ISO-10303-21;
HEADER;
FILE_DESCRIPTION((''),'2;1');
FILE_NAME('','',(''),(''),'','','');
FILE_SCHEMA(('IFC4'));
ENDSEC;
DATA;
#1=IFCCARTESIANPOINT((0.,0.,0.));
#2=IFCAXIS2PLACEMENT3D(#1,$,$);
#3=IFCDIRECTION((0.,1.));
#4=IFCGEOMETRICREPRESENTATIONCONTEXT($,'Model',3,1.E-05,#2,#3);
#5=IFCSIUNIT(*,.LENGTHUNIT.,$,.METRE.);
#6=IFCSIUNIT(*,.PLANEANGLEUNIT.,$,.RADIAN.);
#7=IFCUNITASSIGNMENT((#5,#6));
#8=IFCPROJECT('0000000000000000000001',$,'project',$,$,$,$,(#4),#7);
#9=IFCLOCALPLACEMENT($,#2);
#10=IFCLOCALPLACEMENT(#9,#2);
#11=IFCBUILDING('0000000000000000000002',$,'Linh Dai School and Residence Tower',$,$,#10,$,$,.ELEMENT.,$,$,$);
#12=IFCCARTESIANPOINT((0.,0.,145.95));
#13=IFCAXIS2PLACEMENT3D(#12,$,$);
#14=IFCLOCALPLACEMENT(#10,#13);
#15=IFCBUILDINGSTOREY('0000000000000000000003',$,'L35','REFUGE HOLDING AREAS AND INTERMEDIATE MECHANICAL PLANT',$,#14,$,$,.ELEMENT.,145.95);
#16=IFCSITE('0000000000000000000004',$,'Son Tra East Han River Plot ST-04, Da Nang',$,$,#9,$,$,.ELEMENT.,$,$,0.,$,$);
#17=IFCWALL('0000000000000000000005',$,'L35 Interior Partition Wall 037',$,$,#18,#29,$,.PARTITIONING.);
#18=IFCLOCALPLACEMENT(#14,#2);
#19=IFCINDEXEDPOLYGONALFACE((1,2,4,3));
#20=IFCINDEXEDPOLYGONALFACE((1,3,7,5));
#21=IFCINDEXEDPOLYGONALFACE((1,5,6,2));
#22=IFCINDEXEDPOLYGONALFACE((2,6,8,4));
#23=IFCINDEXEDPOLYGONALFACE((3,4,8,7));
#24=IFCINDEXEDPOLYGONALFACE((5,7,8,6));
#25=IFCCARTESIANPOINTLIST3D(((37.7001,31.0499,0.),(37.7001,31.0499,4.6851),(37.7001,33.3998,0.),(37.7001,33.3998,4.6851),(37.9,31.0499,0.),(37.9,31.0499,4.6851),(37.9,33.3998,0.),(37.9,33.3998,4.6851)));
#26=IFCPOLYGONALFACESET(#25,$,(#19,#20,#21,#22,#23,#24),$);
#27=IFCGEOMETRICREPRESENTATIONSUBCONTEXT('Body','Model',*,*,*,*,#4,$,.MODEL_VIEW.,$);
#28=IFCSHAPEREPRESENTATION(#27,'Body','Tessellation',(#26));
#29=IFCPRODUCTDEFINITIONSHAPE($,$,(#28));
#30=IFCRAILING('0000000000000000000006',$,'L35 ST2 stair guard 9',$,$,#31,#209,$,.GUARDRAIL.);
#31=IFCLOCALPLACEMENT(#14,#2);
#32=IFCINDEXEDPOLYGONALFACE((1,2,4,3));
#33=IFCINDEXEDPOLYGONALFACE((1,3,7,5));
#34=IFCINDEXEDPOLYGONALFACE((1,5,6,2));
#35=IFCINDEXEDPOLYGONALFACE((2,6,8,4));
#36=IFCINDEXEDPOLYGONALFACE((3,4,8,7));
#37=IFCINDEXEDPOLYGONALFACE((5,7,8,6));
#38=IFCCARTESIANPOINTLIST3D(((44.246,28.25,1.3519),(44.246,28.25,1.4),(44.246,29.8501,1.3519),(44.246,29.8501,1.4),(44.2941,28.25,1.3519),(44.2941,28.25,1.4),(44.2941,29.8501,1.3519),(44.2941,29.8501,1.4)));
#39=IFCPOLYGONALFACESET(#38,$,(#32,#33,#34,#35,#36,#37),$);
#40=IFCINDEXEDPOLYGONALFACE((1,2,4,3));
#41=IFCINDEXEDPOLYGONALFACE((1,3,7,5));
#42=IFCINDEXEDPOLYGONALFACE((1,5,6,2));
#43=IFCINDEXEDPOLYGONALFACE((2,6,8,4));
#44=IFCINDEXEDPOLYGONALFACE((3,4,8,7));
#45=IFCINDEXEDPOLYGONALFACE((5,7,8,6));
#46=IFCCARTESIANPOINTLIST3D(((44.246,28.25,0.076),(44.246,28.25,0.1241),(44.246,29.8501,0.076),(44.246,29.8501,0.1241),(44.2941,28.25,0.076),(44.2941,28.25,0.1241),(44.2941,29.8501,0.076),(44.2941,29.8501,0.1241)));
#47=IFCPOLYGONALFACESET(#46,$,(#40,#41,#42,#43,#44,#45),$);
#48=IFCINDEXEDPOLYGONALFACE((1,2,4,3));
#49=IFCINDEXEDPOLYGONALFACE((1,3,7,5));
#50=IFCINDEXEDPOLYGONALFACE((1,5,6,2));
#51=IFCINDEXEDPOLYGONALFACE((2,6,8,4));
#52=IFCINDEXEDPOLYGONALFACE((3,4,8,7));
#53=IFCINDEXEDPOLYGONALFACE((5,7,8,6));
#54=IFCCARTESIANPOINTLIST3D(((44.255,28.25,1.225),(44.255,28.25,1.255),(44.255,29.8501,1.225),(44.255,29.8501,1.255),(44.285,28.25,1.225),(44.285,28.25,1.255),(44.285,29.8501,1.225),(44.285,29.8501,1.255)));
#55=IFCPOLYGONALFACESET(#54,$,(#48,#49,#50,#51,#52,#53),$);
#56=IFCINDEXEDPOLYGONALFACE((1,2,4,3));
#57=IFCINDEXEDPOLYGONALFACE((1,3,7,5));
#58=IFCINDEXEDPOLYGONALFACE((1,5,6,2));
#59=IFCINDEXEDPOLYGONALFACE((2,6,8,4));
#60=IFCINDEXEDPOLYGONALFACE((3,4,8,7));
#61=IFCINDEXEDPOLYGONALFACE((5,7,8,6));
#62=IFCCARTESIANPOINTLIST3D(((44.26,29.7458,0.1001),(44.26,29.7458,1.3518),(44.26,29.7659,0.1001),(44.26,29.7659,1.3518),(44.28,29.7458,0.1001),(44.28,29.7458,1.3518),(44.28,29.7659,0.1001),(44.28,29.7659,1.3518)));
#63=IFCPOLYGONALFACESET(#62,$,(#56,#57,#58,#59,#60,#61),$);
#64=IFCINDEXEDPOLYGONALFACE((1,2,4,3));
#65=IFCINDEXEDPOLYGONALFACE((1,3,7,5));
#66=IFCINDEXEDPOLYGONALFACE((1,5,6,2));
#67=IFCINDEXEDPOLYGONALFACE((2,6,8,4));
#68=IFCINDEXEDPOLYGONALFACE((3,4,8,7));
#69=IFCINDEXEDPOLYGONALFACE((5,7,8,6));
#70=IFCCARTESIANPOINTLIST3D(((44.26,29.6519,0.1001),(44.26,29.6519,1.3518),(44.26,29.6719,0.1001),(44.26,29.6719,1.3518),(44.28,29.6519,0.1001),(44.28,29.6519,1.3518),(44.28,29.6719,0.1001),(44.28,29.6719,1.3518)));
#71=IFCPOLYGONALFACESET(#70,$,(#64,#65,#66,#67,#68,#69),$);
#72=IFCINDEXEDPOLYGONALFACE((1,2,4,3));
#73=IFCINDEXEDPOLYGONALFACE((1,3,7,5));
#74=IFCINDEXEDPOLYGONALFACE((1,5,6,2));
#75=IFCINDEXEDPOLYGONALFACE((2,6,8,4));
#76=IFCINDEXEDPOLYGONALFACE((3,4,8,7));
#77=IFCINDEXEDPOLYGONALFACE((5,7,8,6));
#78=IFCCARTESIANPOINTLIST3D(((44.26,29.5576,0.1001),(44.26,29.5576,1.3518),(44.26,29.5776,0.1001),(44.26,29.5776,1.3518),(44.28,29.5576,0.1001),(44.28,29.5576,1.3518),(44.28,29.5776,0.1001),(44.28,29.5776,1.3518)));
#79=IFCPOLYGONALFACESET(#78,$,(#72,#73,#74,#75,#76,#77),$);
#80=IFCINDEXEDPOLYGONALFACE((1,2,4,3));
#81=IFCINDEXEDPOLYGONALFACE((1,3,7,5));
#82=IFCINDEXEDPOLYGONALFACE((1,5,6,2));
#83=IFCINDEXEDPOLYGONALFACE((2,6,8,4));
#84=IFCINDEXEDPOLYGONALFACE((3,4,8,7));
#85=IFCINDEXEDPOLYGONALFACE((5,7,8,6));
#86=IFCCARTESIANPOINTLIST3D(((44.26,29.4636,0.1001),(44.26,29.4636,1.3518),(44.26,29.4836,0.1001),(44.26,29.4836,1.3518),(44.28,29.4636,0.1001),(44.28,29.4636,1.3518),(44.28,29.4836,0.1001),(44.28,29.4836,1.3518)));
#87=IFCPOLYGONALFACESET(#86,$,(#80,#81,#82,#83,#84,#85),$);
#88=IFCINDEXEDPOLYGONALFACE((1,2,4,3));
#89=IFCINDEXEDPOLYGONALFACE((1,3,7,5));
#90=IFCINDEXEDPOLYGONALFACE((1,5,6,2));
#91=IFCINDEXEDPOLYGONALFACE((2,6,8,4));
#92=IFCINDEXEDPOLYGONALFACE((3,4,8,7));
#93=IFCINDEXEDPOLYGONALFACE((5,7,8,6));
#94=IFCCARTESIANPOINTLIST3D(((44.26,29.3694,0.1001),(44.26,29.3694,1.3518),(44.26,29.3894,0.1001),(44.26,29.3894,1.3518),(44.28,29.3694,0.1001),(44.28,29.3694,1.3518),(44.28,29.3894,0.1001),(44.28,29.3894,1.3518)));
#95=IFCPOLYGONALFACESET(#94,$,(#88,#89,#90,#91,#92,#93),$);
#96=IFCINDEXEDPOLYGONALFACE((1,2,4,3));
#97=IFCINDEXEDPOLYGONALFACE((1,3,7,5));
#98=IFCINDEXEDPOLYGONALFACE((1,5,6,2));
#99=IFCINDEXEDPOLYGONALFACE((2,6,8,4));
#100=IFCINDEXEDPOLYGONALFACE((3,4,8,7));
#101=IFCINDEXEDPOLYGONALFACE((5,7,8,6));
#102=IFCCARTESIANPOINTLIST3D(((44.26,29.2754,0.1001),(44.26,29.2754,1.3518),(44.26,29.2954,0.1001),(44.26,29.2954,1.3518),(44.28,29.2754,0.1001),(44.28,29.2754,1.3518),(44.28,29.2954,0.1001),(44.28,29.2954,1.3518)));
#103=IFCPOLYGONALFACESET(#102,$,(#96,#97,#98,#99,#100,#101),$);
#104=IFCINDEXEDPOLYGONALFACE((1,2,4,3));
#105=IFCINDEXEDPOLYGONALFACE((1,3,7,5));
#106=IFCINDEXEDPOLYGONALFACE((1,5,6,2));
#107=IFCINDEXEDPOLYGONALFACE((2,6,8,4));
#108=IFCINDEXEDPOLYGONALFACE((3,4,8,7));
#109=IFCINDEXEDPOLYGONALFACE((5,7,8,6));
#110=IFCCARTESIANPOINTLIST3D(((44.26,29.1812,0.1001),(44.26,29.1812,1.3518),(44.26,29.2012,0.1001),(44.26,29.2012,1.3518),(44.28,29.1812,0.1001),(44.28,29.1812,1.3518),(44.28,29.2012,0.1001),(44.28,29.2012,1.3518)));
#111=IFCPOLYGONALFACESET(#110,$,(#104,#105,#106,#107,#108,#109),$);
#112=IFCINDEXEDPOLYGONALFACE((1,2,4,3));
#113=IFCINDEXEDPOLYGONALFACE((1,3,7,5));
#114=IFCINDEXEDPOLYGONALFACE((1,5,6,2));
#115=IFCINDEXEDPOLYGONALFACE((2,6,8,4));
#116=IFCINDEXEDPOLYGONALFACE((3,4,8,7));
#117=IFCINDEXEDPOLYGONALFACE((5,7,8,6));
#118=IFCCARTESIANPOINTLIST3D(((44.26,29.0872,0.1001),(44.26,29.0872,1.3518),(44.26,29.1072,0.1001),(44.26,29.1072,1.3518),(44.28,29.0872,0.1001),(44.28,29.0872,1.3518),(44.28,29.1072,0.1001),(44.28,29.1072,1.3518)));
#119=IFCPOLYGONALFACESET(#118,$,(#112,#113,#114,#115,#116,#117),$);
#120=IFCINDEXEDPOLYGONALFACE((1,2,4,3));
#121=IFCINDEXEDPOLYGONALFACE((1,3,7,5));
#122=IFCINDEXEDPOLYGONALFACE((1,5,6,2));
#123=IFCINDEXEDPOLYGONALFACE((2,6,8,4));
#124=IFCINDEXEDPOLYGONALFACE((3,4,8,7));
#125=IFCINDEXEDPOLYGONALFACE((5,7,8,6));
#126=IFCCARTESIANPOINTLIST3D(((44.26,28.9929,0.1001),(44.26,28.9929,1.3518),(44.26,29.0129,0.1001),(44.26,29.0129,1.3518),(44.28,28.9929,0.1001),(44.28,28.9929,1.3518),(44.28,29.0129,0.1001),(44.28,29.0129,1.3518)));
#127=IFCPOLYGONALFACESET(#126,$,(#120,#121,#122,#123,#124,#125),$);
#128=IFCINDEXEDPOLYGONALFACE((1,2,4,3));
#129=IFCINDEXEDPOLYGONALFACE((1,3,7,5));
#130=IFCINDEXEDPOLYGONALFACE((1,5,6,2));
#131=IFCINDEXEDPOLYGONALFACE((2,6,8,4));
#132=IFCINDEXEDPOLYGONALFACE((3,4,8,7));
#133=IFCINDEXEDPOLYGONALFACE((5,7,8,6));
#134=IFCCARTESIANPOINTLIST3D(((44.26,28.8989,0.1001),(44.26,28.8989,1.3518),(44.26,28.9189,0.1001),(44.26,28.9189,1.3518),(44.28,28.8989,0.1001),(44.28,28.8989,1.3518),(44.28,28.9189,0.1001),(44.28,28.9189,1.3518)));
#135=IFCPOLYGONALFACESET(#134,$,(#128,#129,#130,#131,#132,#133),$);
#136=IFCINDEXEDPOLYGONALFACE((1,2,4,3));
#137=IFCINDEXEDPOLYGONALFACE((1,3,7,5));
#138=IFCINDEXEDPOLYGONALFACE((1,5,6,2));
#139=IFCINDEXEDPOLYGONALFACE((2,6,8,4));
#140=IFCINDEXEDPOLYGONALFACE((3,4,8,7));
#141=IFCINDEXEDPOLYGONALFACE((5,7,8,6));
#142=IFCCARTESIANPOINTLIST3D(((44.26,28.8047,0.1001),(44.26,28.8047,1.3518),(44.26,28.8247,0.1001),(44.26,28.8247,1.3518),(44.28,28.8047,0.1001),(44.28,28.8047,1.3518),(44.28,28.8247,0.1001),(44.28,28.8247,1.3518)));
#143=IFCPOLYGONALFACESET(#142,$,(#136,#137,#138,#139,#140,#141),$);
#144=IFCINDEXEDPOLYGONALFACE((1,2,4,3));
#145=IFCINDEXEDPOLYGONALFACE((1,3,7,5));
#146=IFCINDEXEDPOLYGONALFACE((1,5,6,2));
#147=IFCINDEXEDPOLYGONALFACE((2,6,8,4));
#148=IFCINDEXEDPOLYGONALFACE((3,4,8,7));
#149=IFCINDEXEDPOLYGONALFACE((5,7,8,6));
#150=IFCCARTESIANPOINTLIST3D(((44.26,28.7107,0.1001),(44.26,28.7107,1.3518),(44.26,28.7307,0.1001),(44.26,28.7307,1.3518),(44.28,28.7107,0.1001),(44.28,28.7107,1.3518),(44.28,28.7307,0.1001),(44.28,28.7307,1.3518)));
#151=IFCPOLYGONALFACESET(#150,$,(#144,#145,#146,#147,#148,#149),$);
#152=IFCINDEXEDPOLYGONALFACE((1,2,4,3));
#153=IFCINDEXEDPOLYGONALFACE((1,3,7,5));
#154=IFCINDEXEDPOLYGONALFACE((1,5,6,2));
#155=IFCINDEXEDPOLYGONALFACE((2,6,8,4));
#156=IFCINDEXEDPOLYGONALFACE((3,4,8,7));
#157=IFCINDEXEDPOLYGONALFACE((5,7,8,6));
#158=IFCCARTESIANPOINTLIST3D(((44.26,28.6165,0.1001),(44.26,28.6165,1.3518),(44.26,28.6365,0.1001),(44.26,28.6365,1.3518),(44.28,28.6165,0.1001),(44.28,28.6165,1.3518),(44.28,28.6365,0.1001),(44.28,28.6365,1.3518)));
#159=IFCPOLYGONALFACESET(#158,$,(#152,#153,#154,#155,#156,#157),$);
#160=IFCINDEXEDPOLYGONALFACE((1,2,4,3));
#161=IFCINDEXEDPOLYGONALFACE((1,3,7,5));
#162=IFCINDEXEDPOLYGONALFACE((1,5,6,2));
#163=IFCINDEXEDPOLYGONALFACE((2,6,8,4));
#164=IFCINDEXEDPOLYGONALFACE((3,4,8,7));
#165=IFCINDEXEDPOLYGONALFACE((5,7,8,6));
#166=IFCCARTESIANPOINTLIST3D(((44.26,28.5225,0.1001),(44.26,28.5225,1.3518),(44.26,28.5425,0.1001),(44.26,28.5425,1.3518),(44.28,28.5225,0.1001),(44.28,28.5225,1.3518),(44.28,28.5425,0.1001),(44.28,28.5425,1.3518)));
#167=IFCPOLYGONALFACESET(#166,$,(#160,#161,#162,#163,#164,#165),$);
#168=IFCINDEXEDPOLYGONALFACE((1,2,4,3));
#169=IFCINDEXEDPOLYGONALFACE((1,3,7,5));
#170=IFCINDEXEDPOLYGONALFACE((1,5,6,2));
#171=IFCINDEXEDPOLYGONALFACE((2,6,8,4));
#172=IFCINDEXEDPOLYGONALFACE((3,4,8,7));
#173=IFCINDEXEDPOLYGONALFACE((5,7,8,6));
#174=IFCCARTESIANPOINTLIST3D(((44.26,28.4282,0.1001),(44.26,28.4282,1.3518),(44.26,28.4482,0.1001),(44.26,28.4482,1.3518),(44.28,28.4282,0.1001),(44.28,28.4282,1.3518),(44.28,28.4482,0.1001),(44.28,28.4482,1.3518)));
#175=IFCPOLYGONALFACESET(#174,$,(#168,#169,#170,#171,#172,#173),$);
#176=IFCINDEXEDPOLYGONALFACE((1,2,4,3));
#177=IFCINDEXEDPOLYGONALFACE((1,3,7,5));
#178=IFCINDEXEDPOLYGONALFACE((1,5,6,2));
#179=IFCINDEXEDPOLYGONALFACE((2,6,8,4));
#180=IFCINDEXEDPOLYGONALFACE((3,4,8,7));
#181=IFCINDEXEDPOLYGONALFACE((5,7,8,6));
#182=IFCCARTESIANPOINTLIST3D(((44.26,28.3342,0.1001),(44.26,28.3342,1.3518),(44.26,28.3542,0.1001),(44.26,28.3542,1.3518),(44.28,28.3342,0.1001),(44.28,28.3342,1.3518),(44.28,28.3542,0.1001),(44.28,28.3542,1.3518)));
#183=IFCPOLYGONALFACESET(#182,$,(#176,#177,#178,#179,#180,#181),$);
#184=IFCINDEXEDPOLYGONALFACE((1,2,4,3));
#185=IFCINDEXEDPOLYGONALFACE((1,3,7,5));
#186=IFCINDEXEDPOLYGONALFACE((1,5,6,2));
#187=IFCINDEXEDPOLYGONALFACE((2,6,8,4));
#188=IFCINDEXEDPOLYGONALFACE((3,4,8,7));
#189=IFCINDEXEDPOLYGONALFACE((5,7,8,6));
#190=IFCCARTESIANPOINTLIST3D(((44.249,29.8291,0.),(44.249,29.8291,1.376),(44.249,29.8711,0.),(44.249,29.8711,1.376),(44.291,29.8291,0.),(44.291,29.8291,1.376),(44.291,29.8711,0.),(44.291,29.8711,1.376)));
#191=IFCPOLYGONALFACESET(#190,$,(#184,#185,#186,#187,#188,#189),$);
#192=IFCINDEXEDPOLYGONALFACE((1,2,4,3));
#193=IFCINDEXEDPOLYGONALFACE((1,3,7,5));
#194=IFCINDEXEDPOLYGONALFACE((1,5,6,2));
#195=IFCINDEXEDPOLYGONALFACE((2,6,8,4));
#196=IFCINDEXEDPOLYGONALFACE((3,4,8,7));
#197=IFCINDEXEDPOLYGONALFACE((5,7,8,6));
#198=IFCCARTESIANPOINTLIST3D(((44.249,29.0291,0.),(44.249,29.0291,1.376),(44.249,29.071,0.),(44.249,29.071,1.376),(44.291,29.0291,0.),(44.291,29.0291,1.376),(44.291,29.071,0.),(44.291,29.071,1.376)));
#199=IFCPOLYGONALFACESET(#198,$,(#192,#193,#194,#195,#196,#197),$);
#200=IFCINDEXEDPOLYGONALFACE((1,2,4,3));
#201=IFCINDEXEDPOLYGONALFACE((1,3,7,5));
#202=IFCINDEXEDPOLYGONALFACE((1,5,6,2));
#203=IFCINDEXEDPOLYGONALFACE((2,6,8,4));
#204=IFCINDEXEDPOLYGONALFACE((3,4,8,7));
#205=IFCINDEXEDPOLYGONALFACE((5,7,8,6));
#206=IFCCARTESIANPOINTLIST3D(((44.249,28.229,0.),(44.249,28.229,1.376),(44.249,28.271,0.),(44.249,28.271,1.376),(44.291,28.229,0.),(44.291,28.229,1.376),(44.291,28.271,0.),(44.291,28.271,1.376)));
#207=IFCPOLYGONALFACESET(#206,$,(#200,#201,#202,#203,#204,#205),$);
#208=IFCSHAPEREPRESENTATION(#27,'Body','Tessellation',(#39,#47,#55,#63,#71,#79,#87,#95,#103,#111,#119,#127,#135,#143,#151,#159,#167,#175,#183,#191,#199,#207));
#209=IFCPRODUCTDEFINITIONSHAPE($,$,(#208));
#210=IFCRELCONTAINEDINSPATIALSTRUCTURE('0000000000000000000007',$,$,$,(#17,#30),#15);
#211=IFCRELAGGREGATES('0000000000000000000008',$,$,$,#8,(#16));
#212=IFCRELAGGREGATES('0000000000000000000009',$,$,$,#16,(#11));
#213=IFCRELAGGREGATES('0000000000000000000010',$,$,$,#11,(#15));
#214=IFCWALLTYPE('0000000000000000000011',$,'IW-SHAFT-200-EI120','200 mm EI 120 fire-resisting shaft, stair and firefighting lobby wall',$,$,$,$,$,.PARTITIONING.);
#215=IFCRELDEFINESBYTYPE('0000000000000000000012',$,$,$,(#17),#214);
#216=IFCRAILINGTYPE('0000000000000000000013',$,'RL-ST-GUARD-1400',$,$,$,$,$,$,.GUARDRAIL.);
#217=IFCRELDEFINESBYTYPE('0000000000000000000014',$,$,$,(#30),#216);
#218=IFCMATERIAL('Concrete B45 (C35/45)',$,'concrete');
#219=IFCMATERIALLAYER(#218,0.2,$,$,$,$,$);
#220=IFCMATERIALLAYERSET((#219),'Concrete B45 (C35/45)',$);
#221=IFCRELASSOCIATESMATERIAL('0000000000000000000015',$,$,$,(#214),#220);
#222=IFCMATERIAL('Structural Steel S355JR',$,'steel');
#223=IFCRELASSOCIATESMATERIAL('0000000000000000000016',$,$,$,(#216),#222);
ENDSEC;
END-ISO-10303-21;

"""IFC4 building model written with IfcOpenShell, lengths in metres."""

from ifc_helpers import new_model, si_unit, direction, frame, frame_2d, origin, origin_2d, place, context, subcontext, project, spatial, rectangle, extrude, source, transform, mapped, material, layer, layer_set, type_object, element, save


model = new_model("IFC4")

# Units and contexts
model_context = context("Model", 3, precision=1e-05, world=origin(), true_north=direction((0.0, 1.0)))
body_context = subcontext(model_context, "Body", "Model", "MODEL_VIEW")
ifc_project = project(units=[si_unit("LENGTHUNIT", "METRE"), si_unit("PLANEANGLEUNIT", "RADIAN")], contexts=[model_context])

# Site, building, storey
site_placement = place(None, origin())
site = spatial("IfcSite", under=ifc_project, at=site_placement, Name="Son Tra East Han River Plot ST-04, Da Nang", CompositionType="ELEMENT", RefElevation=0.0)
building_placement = place(site_placement, origin())
building = spatial("IfcBuilding", under=site, at=building_placement, Name="Linh Dai School and Residence Tower", CompositionType="ELEMENT")
storey_placement = place(building_placement, frame((0.0, 0.0, 145.95)))
storey = spatial("IfcBuildingStorey", under=building, at=storey_placement, Name="L35", Description="REFUGE HOLDING AREAS AND INTERMEDIATE MECHANICAL PLANT", CompositionType="ELEMENT", Elevation=145.95)

# Shared definitions
ifc_material_1 = material(Name="Structural Steel S355JR", Category="steel")

# Wall
ifc_material_2 = material(Name="Concrete B45 (C35/45)", Category="concrete")
ifc_layer_1 = layer(ifc_material_2, 0.2)
ifc_layer_set_1 = layer_set([ifc_layer_1], Name="Concrete B45 (C35/45)")
wall_type_1 = type_object("IfcWallType", Name="IW-SHAFT-200-EI120", Description="200 mm EI 120 fire-resisting shaft, stair and firefighting lobby wall", PredefinedType="PARTITIONING", material=ifc_layer_set_1)
wall_1_placement = place(storey_placement, frame((37.8, 31.05, 0.0), z_axis=(0.0, 0.0, 1.0), x_axis=(0.0, 1.0, 0.0)))
element("IfcWall", 1, at=wall_1_placement, inside=storey, type_object=wall_type_1, Name="L35 Interior Partition Wall 037", PredefinedType="PARTITIONING", context=body_context, shape_type="SweptSolid", body=[
    extrude(rectangle(XDim=2.3499, YDim=0.2, at=frame_2d((1.1748, 0.0))), origin(), (0.0, 0.0, 1.0), 4.6851),
])

# Railing
railing_type = type_object("IfcRailingType", Name="RL-ST-GUARD-1400", PredefinedType="GUARDRAIL", material=ifc_material_1)
shared_shape_1 = source(origin(), body_context, "Body", "SweptSolid", [
    extrude(rectangle(XDim=0.0481, YDim=0.0481, at=origin_2d()), frame((0.0, 0.0, 1.376), z_axis=(0.0, -1.0, 0.0), x_axis=(1.0, 0.0, 0.0)), (0.0, 0.0, 1.0), 1.6001),
    extrude(rectangle(XDim=0.0481, YDim=0.0481, at=origin_2d()), frame((0.0, 0.0, 0.1001), z_axis=(0.0, -1.0, 0.0), x_axis=(1.0, 0.0, 0.0)), (0.0, 0.0, 1.0), 1.6001),
    extrude(rectangle(XDim=0.03, YDim=0.03, at=origin_2d()), frame((0.0, 0.0, 1.24), z_axis=(0.0, -1.0, 0.0), x_axis=(1.0, 0.0, 0.0)), (0.0, 0.0, 1.0), 1.6001),
    extrude(rectangle(XDim=0.02, YDim=0.02, at=origin_2d()), frame((0.0, -0.0942, 0.1001)), (0.0, 0.0, 1.0), 1.2517),
    extrude(rectangle(XDim=0.02, YDim=0.02, at=origin_2d()), frame((0.0, -0.1882, 0.1001)), (0.0, 0.0, 1.0), 1.2517),
    extrude(rectangle(XDim=0.02, YDim=0.02, at=origin_2d()), frame((0.0, -0.2825, 0.1001)), (0.0, 0.0, 1.0), 1.2517),
    extrude(rectangle(XDim=0.02, YDim=0.02, at=origin_2d()), frame((0.0, -0.3765, 0.1001)), (0.0, 0.0, 1.0), 1.2517),
    extrude(rectangle(XDim=0.02, YDim=0.02, at=origin_2d()), frame((0.0, -0.4707, 0.1001)), (0.0, 0.0, 1.0), 1.2517),
    extrude(rectangle(XDim=0.02, YDim=0.02, at=origin_2d()), frame((0.0, -0.5647, 0.1001)), (0.0, 0.0, 1.0), 1.2517),
    extrude(rectangle(XDim=0.02, YDim=0.02, at=origin_2d()), frame((0.0, -0.6589, 0.1001)), (0.0, 0.0, 1.0), 1.2517),
    extrude(rectangle(XDim=0.02, YDim=0.02, at=origin_2d()), frame((0.0, -0.7529, 0.1001)), (0.0, 0.0, 1.0), 1.2517),
    extrude(rectangle(XDim=0.02, YDim=0.02, at=origin_2d()), frame((0.0, -0.8472, 0.1001)), (0.0, 0.0, 1.0), 1.2517),
    extrude(rectangle(XDim=0.02, YDim=0.02, at=origin_2d()), frame((0.0, -0.9412, 0.1001)), (0.0, 0.0, 1.0), 1.2517),
    extrude(rectangle(XDim=0.02, YDim=0.02, at=origin_2d()), frame((0.0, -1.0354, 0.1001)), (0.0, 0.0, 1.0), 1.2517),
    extrude(rectangle(XDim=0.02, YDim=0.02, at=origin_2d()), frame((0.0, -1.1294, 0.1001)), (0.0, 0.0, 1.0), 1.2517),
    extrude(rectangle(XDim=0.02, YDim=0.02, at=origin_2d()), frame((0.0, -1.2236, 0.1001)), (0.0, 0.0, 1.0), 1.2517),
    extrude(rectangle(XDim=0.02, YDim=0.02, at=origin_2d()), frame((0.0, -1.3176, 0.1001)), (0.0, 0.0, 1.0), 1.2517),
    extrude(rectangle(XDim=0.02, YDim=0.02, at=origin_2d()), frame((0.0, -1.4119, 0.1001)), (0.0, 0.0, 1.0), 1.2517),
    extrude(rectangle(XDim=0.02, YDim=0.02, at=origin_2d()), frame((0.0, -1.5059, 0.1001)), (0.0, 0.0, 1.0), 1.2517),
    extrude(rectangle(XDim=0.042, YDim=0.042, at=origin_2d()), origin(), (0.0, 0.0, 1.0), 1.376),
    extrude(rectangle(XDim=0.042, YDim=0.042, at=origin_2d()), frame((0.0, -0.8, 0.0)), (0.0, 0.0, 1.0), 1.376),
    extrude(rectangle(XDim=0.042, YDim=0.042, at=origin_2d()), frame((0.0, -1.6001, 0.0)), (0.0, 0.0, 1.0), 1.376),
])
railing_placement = place(storey_placement, frame((44.27, 29.8501, 0.0)))
element("IfcRailing", 2, at=railing_placement, inside=storey, type_object=railing_type, Name="L35 ST2 stair guard 9", PredefinedType="GUARDRAIL", context=body_context, shape_type="MappedRepresentation", body=[
    mapped(shared_shape_1, transform((0.0, 0.0, 0.0), x_axis=(1.0, 0.0, 0.0), y_axis=(0.0, 1.0, 0.0), z_axis=(0.0, 0.0, 1.0), scale=1.0)),
])

save(model, "model.ifc")
